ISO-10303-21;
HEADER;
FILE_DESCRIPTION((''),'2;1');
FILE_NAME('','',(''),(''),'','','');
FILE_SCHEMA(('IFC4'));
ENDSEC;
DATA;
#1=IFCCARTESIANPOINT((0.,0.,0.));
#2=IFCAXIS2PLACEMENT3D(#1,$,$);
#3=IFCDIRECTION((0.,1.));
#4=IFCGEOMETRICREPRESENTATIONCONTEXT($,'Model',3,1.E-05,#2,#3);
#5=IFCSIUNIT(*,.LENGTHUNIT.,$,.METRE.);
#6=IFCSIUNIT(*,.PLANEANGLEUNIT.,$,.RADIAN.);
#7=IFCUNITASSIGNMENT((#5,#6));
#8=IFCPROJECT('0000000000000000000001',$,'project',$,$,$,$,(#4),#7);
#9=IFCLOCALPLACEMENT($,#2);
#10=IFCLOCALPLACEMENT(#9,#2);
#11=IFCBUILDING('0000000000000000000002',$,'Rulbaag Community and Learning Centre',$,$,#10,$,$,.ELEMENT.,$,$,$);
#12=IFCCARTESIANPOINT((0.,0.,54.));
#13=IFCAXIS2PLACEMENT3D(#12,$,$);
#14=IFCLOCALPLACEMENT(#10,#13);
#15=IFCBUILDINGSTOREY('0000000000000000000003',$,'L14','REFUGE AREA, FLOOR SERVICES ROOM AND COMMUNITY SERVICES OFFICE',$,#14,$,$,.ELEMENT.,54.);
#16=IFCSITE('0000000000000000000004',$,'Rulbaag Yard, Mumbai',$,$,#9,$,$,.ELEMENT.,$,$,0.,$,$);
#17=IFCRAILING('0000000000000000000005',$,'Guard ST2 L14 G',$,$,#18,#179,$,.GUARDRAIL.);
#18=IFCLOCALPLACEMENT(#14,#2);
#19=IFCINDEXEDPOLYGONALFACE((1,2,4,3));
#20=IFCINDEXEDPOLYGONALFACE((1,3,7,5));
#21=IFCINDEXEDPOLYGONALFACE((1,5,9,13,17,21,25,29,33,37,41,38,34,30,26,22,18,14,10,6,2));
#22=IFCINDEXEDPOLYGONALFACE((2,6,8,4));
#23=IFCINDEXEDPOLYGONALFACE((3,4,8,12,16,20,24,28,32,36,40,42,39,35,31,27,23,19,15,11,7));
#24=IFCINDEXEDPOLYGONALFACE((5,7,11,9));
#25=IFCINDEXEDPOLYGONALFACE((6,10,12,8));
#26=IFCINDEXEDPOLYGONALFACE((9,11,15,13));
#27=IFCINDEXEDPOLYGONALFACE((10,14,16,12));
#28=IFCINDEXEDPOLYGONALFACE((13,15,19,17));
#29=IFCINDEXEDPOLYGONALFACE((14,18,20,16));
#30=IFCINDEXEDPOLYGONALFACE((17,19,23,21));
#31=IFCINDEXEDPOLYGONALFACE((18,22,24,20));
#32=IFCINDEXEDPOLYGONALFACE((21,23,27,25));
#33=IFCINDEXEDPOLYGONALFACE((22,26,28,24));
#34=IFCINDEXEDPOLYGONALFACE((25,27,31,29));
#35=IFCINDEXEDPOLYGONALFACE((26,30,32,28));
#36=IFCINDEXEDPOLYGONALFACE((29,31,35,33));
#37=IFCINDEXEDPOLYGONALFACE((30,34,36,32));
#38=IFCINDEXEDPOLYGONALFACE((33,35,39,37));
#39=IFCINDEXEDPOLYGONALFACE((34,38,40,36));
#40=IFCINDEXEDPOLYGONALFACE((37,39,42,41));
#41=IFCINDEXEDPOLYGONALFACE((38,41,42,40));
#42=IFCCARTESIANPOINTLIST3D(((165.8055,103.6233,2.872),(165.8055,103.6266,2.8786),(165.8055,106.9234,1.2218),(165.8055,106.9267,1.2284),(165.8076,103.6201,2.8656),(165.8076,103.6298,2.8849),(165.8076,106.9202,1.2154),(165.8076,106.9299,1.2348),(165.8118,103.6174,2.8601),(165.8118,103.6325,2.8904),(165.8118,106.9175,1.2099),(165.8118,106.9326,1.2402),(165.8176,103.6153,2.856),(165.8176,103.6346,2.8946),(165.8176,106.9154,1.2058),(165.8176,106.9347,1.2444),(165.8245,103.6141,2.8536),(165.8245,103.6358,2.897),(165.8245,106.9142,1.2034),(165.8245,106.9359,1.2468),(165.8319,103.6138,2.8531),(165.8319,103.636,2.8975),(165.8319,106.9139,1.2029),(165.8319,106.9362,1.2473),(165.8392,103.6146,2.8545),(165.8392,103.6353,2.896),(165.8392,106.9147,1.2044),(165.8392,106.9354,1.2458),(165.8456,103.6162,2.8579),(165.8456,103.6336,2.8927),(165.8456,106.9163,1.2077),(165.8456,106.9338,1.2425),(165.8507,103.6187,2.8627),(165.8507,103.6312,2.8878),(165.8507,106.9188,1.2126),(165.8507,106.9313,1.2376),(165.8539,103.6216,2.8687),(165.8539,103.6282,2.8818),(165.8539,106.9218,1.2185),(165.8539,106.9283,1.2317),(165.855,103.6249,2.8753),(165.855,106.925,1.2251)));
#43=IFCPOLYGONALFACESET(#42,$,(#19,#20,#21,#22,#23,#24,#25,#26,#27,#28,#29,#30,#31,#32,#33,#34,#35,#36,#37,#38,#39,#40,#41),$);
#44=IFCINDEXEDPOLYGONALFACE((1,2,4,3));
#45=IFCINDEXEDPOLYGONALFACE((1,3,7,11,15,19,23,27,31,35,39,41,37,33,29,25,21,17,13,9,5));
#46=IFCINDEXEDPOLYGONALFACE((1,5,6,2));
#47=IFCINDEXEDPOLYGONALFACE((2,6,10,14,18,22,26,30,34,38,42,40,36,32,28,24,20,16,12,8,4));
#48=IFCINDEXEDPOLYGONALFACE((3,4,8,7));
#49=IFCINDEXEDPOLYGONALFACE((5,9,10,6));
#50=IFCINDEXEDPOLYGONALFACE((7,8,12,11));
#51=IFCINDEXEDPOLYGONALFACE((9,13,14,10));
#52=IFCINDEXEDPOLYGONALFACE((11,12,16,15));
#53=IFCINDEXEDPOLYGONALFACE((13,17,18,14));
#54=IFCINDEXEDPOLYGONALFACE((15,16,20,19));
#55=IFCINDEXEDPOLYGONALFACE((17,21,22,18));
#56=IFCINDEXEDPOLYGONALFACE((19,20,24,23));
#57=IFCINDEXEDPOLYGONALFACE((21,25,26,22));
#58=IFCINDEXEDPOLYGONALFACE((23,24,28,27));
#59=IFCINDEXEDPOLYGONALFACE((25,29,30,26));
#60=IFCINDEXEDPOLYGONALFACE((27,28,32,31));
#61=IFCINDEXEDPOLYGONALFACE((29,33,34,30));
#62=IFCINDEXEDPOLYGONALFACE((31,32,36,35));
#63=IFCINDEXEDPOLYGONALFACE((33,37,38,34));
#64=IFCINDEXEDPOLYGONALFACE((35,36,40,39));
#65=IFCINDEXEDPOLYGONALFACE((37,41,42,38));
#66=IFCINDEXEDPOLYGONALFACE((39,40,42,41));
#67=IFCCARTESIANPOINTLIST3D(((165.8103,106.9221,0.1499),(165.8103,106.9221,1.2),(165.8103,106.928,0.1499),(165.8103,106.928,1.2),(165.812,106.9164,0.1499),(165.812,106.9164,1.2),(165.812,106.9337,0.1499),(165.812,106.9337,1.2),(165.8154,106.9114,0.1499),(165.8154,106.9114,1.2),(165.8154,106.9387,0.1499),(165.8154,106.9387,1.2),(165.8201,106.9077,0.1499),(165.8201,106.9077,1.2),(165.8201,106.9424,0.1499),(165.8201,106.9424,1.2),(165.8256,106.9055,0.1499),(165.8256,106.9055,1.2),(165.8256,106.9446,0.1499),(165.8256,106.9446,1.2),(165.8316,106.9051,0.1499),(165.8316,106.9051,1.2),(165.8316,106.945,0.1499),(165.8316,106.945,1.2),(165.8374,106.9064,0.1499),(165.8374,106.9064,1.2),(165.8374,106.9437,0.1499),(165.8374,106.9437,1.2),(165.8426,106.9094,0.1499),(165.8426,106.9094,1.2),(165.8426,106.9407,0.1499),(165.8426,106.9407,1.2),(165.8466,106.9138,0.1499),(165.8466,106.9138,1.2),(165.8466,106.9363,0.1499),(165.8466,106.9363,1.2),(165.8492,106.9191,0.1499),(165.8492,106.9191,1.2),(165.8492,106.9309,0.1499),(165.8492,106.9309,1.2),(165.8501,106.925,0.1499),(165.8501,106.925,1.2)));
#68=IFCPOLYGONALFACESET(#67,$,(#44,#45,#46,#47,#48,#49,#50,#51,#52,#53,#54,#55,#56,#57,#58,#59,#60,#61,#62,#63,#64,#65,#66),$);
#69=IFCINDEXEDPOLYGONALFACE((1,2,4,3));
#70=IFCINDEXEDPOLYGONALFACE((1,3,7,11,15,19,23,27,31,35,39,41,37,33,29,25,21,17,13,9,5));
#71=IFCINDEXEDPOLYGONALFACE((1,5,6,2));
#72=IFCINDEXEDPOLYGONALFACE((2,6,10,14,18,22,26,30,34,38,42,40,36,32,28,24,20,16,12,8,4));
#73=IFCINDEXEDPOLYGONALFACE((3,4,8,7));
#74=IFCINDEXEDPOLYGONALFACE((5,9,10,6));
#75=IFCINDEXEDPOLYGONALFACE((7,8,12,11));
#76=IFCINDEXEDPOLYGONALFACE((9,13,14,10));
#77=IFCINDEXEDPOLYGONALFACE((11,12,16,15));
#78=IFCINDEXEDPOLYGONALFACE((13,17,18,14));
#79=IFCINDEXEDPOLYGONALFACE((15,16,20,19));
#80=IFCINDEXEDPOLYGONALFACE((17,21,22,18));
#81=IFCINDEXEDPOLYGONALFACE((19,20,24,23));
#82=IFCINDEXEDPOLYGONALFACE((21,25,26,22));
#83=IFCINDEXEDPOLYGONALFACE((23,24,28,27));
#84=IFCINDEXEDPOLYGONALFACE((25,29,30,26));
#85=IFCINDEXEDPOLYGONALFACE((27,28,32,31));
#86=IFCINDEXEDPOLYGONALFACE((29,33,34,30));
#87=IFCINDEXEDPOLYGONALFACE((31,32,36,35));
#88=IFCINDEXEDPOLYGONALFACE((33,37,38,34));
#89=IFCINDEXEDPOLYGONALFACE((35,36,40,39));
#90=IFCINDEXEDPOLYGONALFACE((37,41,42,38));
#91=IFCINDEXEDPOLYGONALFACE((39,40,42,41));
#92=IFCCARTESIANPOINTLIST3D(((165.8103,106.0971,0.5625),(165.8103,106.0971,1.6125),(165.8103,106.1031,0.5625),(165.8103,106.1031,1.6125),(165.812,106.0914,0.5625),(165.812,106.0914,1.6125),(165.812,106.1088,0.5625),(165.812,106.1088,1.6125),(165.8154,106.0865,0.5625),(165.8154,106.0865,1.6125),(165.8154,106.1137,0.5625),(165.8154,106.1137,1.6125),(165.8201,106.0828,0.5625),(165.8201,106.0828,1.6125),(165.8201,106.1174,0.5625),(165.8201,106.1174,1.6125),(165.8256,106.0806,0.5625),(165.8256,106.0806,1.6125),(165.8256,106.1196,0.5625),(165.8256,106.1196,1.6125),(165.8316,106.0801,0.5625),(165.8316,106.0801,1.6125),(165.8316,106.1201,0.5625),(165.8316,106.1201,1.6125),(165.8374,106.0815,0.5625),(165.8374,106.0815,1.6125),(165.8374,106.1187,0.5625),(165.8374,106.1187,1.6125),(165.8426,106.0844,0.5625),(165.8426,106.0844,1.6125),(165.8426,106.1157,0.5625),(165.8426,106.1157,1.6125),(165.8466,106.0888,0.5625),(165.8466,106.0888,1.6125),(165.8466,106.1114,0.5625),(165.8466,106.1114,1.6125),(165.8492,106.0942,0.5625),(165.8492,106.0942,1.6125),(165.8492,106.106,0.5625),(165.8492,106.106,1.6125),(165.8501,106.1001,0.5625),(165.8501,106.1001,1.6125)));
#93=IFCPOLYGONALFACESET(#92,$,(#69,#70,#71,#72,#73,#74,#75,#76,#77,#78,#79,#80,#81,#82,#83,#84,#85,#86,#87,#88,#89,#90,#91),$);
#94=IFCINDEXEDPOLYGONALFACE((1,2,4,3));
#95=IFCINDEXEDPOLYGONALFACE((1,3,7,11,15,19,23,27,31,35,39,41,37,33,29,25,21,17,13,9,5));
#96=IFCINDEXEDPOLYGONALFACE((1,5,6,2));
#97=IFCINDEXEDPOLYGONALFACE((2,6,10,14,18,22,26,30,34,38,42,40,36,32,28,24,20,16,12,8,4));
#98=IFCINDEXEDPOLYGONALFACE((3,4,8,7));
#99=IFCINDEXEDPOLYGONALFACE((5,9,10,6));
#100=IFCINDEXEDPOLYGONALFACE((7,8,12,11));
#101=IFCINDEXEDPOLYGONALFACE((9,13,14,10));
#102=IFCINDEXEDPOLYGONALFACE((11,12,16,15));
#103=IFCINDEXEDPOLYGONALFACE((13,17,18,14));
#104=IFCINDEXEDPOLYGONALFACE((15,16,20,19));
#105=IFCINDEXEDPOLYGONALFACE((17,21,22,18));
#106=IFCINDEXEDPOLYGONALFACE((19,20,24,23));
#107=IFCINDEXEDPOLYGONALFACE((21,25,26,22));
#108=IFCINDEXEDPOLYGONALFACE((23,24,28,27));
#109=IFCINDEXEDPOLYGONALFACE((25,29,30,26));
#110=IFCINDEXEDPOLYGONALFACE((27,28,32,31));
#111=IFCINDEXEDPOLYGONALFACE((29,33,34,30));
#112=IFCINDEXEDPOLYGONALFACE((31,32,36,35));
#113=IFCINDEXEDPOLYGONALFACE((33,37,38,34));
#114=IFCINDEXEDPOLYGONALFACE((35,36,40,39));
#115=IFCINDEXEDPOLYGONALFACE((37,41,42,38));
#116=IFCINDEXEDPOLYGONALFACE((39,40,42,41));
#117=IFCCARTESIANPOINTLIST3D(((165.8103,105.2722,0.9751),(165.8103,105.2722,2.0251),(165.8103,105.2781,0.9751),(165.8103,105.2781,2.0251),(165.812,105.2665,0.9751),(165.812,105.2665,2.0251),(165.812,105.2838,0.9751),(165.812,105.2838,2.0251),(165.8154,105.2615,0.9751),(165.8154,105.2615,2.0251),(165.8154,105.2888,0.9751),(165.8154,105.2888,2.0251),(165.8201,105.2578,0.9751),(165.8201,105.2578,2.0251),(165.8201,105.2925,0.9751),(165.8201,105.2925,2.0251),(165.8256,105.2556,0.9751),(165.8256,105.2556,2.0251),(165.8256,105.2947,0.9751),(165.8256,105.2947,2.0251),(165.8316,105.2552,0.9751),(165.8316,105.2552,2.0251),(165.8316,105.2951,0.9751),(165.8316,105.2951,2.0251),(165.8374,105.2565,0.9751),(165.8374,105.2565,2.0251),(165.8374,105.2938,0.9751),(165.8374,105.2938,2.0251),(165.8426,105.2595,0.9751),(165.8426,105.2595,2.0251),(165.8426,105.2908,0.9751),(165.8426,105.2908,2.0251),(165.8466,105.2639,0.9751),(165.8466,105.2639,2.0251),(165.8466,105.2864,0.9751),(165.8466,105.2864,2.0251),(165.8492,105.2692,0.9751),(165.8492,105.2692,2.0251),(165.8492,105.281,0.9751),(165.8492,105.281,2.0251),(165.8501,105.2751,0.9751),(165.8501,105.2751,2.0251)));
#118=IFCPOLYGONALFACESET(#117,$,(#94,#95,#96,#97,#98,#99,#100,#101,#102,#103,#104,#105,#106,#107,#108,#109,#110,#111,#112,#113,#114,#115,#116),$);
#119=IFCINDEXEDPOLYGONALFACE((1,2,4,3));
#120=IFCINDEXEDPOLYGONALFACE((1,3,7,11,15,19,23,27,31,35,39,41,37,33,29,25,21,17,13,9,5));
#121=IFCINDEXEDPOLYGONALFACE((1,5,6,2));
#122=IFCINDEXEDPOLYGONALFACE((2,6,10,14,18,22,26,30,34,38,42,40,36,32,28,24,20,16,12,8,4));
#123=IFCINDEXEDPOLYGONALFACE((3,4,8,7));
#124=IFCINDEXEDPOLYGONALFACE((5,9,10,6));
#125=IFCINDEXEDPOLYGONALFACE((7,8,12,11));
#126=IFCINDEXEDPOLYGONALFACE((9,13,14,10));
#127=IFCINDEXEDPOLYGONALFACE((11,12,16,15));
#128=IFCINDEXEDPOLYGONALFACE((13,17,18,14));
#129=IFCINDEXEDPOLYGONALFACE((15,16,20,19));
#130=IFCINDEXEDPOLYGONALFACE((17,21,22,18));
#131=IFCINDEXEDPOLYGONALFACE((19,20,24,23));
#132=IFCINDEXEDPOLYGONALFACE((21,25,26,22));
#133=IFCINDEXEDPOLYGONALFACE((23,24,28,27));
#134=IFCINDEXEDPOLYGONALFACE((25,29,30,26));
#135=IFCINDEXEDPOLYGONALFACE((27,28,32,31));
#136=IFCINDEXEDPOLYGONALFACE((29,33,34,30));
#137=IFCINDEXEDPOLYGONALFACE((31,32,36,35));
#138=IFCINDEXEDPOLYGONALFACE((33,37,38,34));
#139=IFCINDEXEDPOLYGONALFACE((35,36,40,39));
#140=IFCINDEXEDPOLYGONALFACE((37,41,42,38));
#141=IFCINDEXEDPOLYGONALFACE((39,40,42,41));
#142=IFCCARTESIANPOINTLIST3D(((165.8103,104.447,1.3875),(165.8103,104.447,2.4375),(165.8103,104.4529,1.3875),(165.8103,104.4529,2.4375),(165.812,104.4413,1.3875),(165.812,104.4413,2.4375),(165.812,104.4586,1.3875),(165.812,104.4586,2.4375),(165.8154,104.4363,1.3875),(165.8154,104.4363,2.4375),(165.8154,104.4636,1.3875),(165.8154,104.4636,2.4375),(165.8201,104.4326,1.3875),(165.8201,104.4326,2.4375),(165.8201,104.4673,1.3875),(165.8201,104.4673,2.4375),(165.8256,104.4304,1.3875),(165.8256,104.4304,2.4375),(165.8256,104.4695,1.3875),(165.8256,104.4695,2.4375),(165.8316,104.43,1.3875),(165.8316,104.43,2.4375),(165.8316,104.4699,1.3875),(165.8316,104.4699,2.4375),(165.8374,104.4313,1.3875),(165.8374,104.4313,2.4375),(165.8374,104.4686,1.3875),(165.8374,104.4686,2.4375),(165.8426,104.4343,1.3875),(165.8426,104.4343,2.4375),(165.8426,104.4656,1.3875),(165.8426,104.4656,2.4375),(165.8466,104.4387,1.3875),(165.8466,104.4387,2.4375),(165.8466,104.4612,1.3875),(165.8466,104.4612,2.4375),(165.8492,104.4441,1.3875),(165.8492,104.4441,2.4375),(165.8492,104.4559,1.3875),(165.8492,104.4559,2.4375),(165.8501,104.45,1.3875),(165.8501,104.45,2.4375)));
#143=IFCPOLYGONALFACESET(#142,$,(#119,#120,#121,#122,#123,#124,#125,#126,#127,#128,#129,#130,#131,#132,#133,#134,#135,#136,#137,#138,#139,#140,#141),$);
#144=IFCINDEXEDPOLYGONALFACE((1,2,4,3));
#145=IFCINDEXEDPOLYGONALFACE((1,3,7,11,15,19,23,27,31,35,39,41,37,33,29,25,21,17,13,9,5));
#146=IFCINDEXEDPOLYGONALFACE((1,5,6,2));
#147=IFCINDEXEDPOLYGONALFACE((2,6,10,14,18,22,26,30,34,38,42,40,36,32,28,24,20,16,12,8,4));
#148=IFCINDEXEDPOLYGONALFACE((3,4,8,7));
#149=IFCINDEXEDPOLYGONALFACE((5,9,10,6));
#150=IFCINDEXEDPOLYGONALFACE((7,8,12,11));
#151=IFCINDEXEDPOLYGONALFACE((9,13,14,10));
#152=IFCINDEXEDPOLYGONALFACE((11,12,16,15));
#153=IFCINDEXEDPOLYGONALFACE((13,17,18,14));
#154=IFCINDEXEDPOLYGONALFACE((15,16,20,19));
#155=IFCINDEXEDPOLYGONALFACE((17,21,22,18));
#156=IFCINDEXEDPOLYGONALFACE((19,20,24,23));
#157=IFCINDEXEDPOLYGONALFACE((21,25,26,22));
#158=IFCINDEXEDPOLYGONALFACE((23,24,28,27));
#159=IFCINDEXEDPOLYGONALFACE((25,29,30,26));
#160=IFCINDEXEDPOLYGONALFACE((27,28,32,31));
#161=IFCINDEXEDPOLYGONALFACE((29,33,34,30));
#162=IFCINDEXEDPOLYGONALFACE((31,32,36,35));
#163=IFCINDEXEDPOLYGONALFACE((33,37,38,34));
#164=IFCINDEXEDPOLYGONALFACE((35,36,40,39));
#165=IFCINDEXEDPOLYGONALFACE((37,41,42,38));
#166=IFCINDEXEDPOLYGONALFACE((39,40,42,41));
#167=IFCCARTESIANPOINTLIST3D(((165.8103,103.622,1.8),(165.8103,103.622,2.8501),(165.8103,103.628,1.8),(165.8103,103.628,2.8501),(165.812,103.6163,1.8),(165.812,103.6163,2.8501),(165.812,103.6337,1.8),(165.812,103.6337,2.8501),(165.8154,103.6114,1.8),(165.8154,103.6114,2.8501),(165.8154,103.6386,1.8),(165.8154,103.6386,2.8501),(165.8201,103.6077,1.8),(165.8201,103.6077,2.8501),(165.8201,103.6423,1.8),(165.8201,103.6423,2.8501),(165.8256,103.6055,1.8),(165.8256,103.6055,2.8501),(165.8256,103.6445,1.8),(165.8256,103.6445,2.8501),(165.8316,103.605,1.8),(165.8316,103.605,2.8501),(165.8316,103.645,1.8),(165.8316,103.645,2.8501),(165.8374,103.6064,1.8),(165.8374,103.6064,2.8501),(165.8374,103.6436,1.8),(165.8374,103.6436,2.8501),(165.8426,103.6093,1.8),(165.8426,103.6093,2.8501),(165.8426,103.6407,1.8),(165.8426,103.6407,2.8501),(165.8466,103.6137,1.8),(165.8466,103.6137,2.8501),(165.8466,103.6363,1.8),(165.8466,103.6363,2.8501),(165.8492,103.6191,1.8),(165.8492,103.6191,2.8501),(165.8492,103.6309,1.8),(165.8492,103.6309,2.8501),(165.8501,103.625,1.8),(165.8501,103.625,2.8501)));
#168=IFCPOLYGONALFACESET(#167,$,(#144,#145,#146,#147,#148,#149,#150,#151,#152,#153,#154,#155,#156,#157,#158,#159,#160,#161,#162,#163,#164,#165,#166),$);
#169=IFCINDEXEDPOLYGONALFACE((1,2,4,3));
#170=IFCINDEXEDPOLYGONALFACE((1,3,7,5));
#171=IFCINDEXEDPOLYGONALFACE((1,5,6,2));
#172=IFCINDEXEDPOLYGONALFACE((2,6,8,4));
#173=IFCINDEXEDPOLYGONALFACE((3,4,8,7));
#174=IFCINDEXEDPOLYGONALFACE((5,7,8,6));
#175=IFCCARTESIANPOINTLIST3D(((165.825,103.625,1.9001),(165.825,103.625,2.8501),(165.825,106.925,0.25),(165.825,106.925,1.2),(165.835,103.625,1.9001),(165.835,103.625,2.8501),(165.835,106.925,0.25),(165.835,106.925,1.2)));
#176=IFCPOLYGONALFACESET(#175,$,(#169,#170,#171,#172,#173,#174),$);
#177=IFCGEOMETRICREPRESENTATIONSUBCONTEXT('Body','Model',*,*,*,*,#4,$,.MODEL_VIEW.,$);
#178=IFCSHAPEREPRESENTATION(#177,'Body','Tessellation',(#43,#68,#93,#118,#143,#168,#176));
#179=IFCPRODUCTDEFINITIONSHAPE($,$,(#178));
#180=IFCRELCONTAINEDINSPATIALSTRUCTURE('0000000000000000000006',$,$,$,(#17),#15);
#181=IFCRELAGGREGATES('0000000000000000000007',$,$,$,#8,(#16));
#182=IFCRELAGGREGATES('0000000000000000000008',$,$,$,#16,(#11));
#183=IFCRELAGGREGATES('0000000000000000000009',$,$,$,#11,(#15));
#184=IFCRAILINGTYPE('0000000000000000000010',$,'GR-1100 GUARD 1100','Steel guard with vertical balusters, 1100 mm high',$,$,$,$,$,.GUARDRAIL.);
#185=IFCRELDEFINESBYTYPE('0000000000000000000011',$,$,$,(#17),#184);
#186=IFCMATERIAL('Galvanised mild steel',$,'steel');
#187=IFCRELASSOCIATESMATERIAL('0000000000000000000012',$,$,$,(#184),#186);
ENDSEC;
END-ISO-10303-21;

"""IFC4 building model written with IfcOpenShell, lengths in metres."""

from ifc_helpers import new_model, si_unit, direction, frame, origin, origin_2d, place, context, subcontext, project, spatial, polyline, circle, outline, extrude, material, type_object, element, save


model = new_model("IFC4")

# Units and contexts
model_context = context("Model", 3, precision=1e-05, world=origin(), true_north=direction((0.0, 1.0)))
body_context = subcontext(model_context, "Body", "Model", "MODEL_VIEW")
ifc_project = project(units=[si_unit("LENGTHUNIT", "METRE"), si_unit("PLANEANGLEUNIT", "RADIAN")], contexts=[model_context])

# Site, building, storey
site_placement = place(None, origin())
site = spatial("IfcSite", under=ifc_project, at=site_placement, Name="Rulbaag Yard, Mumbai", CompositionType="ELEMENT", RefElevation=0.0)
building_placement = place(site_placement, origin())
building = spatial("IfcBuilding", under=site, at=building_placement, Name="Rulbaag Community and Learning Centre", CompositionType="ELEMENT")
storey_placement = place(building_placement, frame((0.0, 0.0, 54.0)))
storey = spatial("IfcBuildingStorey", under=building, at=storey_placement, Name="L14", Description="REFUGE AREA, FLOOR SERVICES ROOM AND COMMUNITY SERVICES OFFICE", CompositionType="ELEMENT", Elevation=54.0)

# Railing
ifc_material_1 = material(Name="Galvanised mild steel", Category="steel")
railing_type_1 = type_object("IfcRailingType", Name="GR-1100 GUARD 1100", Description="Steel guard with vertical balusters, 1100 mm high", PredefinedType="GUARDRAIL", material=ifc_material_1)
railing_1_placement = place(storey_placement, frame((165.8301, 106.925, 0.1499)))
element("IfcRailing", 1, at=railing_1_placement, inside=storey, type_object=railing_type_1, Name="Guard ST2 L14 G", PredefinedType="GUARDRAIL", context=body_context, shape_type="SweptSolid", body=[
    extrude(circle(Radius=0.0249, at=origin_2d()), frame((0.0, 0.0, 1.0752), z_axis=(0.0, -0.894414, 0.44724), x_axis=(1.0, 0.0, 0.0)), (0.0, 0.0, 1.0), 3.6897),
    extrude(circle(Radius=0.02, at=origin_2d()), origin(), (0.0, 0.0, 1.0), 1.05),
    extrude(circle(Radius=0.02, at=origin_2d()), frame((0.0, -0.825, 0.4126)), (0.0, 0.0, 1.0), 1.05),
    extrude(circle(Radius=0.02, at=origin_2d()), frame((0.0, -1.6499, 0.8252)), (0.0, 0.0, 1.0), 1.05),
    extrude(circle(Radius=0.02, at=origin_2d()), frame((0.0, -2.4751, 1.2375)), (0.0, 0.0, 1.0), 1.05),
    extrude(circle(Radius=0.02, at=origin_2d()), frame((0.0, -3.3, 1.6501)), (0.0, 0.0, 1.0), 1.05),
    extrude(outline(polyline([(0.0, 0.0), (3.3, 1.6501), (3.3, 2.6001), (0.0, 0.95), (0.0, 0.0)])), frame((0.0049, 0.0, 0.1001), z_axis=(-1.0, 0.0, 0.0), x_axis=(0.0, -1.0, 0.0)), (0.0, 0.0, 1.0), 0.01),
])

save(model, "model.ifc")
